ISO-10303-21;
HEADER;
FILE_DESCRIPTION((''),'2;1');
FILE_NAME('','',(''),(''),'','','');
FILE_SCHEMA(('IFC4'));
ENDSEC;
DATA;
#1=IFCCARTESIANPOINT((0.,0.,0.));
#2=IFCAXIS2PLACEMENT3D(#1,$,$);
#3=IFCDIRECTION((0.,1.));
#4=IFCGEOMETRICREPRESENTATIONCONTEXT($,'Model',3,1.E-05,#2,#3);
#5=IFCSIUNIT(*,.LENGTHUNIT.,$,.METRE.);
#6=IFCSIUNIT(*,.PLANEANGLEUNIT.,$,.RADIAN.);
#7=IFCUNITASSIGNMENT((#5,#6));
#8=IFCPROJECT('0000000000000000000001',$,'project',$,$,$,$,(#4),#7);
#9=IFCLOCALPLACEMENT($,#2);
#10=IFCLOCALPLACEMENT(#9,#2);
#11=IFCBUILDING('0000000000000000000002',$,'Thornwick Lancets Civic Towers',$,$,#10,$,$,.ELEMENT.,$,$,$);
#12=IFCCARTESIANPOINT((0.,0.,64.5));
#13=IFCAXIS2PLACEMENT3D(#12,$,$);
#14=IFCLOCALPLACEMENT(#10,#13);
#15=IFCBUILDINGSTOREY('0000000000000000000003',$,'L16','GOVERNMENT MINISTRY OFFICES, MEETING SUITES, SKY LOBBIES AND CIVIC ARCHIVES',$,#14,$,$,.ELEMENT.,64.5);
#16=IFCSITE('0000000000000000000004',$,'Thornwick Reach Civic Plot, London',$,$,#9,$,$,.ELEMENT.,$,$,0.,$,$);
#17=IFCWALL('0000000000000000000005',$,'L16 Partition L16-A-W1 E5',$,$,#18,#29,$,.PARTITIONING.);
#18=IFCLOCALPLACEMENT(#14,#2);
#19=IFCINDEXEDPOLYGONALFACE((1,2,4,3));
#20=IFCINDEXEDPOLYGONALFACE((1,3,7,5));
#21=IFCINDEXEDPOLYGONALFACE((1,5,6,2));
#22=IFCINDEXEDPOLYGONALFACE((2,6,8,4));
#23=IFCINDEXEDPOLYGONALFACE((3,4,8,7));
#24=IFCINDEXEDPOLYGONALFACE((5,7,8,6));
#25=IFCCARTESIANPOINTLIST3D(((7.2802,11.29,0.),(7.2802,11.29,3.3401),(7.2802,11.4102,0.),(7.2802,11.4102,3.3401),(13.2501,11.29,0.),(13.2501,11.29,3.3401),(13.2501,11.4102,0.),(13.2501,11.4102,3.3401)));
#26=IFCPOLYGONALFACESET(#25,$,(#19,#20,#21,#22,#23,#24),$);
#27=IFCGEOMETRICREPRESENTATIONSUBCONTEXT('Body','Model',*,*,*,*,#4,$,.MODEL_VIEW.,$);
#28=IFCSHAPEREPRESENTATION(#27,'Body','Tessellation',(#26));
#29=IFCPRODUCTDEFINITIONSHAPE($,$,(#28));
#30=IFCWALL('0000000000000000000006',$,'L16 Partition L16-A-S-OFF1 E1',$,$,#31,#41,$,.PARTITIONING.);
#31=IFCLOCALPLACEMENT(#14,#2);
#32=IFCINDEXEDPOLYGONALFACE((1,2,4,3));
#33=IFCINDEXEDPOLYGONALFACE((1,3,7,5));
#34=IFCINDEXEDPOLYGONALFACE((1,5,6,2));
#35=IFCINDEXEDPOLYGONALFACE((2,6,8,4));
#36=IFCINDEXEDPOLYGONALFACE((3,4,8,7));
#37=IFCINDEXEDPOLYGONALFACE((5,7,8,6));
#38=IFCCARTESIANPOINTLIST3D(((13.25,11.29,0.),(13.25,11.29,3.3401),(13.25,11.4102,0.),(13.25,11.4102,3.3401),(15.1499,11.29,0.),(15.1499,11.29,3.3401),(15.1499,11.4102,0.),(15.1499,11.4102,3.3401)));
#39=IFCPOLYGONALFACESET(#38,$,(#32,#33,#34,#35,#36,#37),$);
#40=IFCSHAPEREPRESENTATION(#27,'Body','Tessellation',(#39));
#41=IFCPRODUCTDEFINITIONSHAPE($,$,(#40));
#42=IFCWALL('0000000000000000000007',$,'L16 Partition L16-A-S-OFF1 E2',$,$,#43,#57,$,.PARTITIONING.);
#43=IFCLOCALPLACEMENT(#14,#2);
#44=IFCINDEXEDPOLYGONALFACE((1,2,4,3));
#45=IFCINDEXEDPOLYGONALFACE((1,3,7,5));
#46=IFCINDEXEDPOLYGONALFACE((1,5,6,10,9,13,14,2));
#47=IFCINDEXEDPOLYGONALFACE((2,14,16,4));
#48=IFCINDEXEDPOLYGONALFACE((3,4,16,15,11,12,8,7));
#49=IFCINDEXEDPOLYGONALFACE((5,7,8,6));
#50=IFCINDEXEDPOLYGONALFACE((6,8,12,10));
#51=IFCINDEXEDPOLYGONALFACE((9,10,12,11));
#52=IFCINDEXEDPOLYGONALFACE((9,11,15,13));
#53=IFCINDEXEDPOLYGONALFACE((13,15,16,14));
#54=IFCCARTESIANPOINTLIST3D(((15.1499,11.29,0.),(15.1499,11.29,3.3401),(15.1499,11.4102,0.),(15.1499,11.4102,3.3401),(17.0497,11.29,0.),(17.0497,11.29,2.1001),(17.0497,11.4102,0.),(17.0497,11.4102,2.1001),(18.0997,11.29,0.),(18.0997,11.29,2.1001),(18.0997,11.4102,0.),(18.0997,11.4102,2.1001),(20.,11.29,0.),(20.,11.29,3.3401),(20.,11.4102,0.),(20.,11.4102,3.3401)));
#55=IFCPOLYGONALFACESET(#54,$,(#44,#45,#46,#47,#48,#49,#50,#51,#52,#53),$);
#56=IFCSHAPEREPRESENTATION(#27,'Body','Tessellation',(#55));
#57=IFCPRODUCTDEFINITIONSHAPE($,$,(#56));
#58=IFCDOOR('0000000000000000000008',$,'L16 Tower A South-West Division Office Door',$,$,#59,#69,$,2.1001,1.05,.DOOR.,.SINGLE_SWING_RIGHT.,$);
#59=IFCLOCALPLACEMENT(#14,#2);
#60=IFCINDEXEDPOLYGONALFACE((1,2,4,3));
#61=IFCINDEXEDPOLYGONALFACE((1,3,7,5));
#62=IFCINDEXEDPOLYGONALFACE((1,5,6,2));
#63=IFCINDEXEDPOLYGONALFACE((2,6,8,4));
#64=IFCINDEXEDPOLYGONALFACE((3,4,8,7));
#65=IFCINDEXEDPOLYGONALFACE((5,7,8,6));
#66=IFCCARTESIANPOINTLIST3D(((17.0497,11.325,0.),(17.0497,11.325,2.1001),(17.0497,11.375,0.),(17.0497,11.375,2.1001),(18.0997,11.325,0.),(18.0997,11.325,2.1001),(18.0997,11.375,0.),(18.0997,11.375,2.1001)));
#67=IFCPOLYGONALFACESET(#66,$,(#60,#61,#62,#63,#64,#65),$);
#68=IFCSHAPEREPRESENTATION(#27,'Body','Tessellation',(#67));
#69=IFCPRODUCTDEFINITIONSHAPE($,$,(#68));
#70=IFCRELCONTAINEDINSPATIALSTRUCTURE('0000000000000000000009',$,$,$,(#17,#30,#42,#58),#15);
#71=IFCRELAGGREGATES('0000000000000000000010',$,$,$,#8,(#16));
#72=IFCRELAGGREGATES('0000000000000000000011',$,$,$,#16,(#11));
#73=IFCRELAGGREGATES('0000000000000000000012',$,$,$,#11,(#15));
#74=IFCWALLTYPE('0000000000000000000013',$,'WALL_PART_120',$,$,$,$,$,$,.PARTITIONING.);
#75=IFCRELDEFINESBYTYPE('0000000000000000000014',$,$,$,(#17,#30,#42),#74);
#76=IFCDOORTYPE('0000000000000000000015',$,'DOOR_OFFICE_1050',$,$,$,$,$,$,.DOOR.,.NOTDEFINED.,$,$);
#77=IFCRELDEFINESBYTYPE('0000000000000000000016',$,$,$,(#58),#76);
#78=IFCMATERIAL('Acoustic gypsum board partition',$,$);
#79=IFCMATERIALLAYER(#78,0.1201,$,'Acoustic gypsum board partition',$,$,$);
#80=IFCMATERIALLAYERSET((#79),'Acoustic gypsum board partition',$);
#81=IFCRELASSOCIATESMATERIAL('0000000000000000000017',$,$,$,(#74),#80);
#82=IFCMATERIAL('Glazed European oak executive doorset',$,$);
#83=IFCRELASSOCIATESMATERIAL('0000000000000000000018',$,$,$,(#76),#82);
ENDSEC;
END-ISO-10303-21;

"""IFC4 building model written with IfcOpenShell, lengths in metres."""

from ifc_helpers import new_model, si_unit, direction, frame, frame_2d, origin, place, context, subcontext, project, spatial, rectangle, extrude, material, layer, layer_set, type_object, element, fill, save


model = new_model("IFC4")

# Units and contexts
model_context = context("Model", 3, precision=1e-05, world=origin(), true_north=direction((0.0, 1.0)))
body_context = subcontext(model_context, "Body", "Model", "MODEL_VIEW")
ifc_project = project(units=[si_unit("LENGTHUNIT", "METRE"), si_unit("PLANEANGLEUNIT", "RADIAN")], contexts=[model_context])

# Site, building, storey
site_placement = place(None, origin())
site = spatial("IfcSite", under=ifc_project, at=site_placement, Name="Thornwick Reach Civic Plot, London", CompositionType="ELEMENT", RefElevation=0.0)
building_placement = place(site_placement, origin())
building = spatial("IfcBuilding", under=site, at=building_placement, Name="Thornwick Lancets Civic Towers", CompositionType="ELEMENT")
storey_placement = place(building_placement, frame((0.0, 0.0, 64.5)))
storey = spatial("IfcBuildingStorey", under=building, at=storey_placement, Name="L16", Description="GOVERNMENT MINISTRY OFFICES, MEETING SUITES, SKY LOBBIES AND CIVIC ARCHIVES", CompositionType="ELEMENT", Elevation=64.5)

# Shared definitions
ifc_material_1 = material(Name="Acoustic gypsum board partition")
ifc_layer = layer(ifc_material_1, 0.1201, Name="Acoustic gypsum board partition")
ifc_layer_set = layer_set([ifc_layer], Name="Acoustic gypsum board partition")
wall_type = type_object("IfcWallType", Name="WALL_PART_120", PredefinedType="PARTITIONING", material=ifc_layer_set)

# Shared definitions
ifc_material_2 = material(Name="Glazed European oak executive doorset")
door_type = type_object("IfcDoorType", Name="DOOR_OFFICE_1050", OperationType="NOTDEFINED", PredefinedType="DOOR", material=ifc_material_2)

# Walls
wall_1_placement = place(storey_placement, frame((13.25, 11.3501, 0.0), z_axis=(0.0, 0.0, 1.0), x_axis=(-1.0, 0.0, 0.0)))
element("IfcWall", 1, at=wall_1_placement, inside=storey, type_object=wall_type, Name="L16 Partition L16-A-W1 E5", PredefinedType="PARTITIONING", context=body_context, shape_type="SweptSolid", body=[
    extrude(rectangle(XDim=5.97, YDim=0.1201, at=frame_2d((2.9849, 0.0))), origin(), (0.0, 0.0, 1.0), 3.3401),
])
wall_2_placement = place(storey_placement, frame((13.25, 11.3501, 0.0), z_axis=(0.0, 0.0, 1.0), x_axis=(1.0, 0.0, 0.0)))
element("IfcWall", 2, at=wall_2_placement, inside=storey, type_object=wall_type, Name="L16 Partition L16-A-S-OFF1 E1", PredefinedType="PARTITIONING", context=body_context, shape_type="SweptSolid", body=[
    extrude(rectangle(XDim=1.8999, YDim=0.1201, at=frame_2d((0.95, 0.0))), origin(), (0.0, 0.0, 1.0), 3.3401),
])

# Wall, opening, door
wall_3_placement = place(storey_placement, frame((15.1499, 11.3501, 0.0), z_axis=(0.0, 0.0, 1.0), x_axis=(1.0, 0.0, 0.0)))
wall_3 = element("IfcWall", 3, at=wall_3_placement, inside=storey, type_object=wall_type, Name="L16 Partition L16-A-S-OFF1 E2", PredefinedType="PARTITIONING", context=body_context, shape_type="SweptSolid", body=[
    extrude(rectangle(XDim=4.8501, YDim=0.1201, at=frame_2d((2.425, 0.0))), origin(), (0.0, 0.0, 1.0), 3.3401),
])
opening_1_placement = place(wall_3_placement, frame((1.8999, 0.0, 0.0)))
opening_1 = element("IfcOpeningElement", 4, at=opening_1_placement, cuts=wall_3, PredefinedType="OPENING", context=body_context, shape_type="SweptSolid", body=[
    extrude(rectangle(XDim=1.05, YDim=2.1001, at=frame_2d((0.5249, 1.05))), frame((0.0, 0.0701, 0.0), z_axis=(0.0, -1.0, 0.0), x_axis=(1.0, 0.0, 0.0)), (0.0, 0.0, 1.0), 0.1401),
])
door_1_placement = place(opening_1_placement, origin())
door_1 = element("IfcDoor", 5, at=door_1_placement, inside=storey, type_object=door_type, Name="L16 Tower A South-West Division Office Door", OperationType="SINGLE_SWING_RIGHT", OverallHeight=2.1001, OverallWidth=1.05, PredefinedType="DOOR", context=body_context, shape_type="SweptSolid", body=[
    extrude(rectangle(XDim=1.05, YDim=2.1001, at=frame_2d((0.5249, 1.05))), frame((0.0, 0.0249, 0.0), z_axis=(0.0, -1.0, 0.0), x_axis=(1.0, 0.0, 0.0)), (0.0, 0.0, 1.0), 0.05),
])
fill(opening_1, door_1)

save(model, "model.ifc")
